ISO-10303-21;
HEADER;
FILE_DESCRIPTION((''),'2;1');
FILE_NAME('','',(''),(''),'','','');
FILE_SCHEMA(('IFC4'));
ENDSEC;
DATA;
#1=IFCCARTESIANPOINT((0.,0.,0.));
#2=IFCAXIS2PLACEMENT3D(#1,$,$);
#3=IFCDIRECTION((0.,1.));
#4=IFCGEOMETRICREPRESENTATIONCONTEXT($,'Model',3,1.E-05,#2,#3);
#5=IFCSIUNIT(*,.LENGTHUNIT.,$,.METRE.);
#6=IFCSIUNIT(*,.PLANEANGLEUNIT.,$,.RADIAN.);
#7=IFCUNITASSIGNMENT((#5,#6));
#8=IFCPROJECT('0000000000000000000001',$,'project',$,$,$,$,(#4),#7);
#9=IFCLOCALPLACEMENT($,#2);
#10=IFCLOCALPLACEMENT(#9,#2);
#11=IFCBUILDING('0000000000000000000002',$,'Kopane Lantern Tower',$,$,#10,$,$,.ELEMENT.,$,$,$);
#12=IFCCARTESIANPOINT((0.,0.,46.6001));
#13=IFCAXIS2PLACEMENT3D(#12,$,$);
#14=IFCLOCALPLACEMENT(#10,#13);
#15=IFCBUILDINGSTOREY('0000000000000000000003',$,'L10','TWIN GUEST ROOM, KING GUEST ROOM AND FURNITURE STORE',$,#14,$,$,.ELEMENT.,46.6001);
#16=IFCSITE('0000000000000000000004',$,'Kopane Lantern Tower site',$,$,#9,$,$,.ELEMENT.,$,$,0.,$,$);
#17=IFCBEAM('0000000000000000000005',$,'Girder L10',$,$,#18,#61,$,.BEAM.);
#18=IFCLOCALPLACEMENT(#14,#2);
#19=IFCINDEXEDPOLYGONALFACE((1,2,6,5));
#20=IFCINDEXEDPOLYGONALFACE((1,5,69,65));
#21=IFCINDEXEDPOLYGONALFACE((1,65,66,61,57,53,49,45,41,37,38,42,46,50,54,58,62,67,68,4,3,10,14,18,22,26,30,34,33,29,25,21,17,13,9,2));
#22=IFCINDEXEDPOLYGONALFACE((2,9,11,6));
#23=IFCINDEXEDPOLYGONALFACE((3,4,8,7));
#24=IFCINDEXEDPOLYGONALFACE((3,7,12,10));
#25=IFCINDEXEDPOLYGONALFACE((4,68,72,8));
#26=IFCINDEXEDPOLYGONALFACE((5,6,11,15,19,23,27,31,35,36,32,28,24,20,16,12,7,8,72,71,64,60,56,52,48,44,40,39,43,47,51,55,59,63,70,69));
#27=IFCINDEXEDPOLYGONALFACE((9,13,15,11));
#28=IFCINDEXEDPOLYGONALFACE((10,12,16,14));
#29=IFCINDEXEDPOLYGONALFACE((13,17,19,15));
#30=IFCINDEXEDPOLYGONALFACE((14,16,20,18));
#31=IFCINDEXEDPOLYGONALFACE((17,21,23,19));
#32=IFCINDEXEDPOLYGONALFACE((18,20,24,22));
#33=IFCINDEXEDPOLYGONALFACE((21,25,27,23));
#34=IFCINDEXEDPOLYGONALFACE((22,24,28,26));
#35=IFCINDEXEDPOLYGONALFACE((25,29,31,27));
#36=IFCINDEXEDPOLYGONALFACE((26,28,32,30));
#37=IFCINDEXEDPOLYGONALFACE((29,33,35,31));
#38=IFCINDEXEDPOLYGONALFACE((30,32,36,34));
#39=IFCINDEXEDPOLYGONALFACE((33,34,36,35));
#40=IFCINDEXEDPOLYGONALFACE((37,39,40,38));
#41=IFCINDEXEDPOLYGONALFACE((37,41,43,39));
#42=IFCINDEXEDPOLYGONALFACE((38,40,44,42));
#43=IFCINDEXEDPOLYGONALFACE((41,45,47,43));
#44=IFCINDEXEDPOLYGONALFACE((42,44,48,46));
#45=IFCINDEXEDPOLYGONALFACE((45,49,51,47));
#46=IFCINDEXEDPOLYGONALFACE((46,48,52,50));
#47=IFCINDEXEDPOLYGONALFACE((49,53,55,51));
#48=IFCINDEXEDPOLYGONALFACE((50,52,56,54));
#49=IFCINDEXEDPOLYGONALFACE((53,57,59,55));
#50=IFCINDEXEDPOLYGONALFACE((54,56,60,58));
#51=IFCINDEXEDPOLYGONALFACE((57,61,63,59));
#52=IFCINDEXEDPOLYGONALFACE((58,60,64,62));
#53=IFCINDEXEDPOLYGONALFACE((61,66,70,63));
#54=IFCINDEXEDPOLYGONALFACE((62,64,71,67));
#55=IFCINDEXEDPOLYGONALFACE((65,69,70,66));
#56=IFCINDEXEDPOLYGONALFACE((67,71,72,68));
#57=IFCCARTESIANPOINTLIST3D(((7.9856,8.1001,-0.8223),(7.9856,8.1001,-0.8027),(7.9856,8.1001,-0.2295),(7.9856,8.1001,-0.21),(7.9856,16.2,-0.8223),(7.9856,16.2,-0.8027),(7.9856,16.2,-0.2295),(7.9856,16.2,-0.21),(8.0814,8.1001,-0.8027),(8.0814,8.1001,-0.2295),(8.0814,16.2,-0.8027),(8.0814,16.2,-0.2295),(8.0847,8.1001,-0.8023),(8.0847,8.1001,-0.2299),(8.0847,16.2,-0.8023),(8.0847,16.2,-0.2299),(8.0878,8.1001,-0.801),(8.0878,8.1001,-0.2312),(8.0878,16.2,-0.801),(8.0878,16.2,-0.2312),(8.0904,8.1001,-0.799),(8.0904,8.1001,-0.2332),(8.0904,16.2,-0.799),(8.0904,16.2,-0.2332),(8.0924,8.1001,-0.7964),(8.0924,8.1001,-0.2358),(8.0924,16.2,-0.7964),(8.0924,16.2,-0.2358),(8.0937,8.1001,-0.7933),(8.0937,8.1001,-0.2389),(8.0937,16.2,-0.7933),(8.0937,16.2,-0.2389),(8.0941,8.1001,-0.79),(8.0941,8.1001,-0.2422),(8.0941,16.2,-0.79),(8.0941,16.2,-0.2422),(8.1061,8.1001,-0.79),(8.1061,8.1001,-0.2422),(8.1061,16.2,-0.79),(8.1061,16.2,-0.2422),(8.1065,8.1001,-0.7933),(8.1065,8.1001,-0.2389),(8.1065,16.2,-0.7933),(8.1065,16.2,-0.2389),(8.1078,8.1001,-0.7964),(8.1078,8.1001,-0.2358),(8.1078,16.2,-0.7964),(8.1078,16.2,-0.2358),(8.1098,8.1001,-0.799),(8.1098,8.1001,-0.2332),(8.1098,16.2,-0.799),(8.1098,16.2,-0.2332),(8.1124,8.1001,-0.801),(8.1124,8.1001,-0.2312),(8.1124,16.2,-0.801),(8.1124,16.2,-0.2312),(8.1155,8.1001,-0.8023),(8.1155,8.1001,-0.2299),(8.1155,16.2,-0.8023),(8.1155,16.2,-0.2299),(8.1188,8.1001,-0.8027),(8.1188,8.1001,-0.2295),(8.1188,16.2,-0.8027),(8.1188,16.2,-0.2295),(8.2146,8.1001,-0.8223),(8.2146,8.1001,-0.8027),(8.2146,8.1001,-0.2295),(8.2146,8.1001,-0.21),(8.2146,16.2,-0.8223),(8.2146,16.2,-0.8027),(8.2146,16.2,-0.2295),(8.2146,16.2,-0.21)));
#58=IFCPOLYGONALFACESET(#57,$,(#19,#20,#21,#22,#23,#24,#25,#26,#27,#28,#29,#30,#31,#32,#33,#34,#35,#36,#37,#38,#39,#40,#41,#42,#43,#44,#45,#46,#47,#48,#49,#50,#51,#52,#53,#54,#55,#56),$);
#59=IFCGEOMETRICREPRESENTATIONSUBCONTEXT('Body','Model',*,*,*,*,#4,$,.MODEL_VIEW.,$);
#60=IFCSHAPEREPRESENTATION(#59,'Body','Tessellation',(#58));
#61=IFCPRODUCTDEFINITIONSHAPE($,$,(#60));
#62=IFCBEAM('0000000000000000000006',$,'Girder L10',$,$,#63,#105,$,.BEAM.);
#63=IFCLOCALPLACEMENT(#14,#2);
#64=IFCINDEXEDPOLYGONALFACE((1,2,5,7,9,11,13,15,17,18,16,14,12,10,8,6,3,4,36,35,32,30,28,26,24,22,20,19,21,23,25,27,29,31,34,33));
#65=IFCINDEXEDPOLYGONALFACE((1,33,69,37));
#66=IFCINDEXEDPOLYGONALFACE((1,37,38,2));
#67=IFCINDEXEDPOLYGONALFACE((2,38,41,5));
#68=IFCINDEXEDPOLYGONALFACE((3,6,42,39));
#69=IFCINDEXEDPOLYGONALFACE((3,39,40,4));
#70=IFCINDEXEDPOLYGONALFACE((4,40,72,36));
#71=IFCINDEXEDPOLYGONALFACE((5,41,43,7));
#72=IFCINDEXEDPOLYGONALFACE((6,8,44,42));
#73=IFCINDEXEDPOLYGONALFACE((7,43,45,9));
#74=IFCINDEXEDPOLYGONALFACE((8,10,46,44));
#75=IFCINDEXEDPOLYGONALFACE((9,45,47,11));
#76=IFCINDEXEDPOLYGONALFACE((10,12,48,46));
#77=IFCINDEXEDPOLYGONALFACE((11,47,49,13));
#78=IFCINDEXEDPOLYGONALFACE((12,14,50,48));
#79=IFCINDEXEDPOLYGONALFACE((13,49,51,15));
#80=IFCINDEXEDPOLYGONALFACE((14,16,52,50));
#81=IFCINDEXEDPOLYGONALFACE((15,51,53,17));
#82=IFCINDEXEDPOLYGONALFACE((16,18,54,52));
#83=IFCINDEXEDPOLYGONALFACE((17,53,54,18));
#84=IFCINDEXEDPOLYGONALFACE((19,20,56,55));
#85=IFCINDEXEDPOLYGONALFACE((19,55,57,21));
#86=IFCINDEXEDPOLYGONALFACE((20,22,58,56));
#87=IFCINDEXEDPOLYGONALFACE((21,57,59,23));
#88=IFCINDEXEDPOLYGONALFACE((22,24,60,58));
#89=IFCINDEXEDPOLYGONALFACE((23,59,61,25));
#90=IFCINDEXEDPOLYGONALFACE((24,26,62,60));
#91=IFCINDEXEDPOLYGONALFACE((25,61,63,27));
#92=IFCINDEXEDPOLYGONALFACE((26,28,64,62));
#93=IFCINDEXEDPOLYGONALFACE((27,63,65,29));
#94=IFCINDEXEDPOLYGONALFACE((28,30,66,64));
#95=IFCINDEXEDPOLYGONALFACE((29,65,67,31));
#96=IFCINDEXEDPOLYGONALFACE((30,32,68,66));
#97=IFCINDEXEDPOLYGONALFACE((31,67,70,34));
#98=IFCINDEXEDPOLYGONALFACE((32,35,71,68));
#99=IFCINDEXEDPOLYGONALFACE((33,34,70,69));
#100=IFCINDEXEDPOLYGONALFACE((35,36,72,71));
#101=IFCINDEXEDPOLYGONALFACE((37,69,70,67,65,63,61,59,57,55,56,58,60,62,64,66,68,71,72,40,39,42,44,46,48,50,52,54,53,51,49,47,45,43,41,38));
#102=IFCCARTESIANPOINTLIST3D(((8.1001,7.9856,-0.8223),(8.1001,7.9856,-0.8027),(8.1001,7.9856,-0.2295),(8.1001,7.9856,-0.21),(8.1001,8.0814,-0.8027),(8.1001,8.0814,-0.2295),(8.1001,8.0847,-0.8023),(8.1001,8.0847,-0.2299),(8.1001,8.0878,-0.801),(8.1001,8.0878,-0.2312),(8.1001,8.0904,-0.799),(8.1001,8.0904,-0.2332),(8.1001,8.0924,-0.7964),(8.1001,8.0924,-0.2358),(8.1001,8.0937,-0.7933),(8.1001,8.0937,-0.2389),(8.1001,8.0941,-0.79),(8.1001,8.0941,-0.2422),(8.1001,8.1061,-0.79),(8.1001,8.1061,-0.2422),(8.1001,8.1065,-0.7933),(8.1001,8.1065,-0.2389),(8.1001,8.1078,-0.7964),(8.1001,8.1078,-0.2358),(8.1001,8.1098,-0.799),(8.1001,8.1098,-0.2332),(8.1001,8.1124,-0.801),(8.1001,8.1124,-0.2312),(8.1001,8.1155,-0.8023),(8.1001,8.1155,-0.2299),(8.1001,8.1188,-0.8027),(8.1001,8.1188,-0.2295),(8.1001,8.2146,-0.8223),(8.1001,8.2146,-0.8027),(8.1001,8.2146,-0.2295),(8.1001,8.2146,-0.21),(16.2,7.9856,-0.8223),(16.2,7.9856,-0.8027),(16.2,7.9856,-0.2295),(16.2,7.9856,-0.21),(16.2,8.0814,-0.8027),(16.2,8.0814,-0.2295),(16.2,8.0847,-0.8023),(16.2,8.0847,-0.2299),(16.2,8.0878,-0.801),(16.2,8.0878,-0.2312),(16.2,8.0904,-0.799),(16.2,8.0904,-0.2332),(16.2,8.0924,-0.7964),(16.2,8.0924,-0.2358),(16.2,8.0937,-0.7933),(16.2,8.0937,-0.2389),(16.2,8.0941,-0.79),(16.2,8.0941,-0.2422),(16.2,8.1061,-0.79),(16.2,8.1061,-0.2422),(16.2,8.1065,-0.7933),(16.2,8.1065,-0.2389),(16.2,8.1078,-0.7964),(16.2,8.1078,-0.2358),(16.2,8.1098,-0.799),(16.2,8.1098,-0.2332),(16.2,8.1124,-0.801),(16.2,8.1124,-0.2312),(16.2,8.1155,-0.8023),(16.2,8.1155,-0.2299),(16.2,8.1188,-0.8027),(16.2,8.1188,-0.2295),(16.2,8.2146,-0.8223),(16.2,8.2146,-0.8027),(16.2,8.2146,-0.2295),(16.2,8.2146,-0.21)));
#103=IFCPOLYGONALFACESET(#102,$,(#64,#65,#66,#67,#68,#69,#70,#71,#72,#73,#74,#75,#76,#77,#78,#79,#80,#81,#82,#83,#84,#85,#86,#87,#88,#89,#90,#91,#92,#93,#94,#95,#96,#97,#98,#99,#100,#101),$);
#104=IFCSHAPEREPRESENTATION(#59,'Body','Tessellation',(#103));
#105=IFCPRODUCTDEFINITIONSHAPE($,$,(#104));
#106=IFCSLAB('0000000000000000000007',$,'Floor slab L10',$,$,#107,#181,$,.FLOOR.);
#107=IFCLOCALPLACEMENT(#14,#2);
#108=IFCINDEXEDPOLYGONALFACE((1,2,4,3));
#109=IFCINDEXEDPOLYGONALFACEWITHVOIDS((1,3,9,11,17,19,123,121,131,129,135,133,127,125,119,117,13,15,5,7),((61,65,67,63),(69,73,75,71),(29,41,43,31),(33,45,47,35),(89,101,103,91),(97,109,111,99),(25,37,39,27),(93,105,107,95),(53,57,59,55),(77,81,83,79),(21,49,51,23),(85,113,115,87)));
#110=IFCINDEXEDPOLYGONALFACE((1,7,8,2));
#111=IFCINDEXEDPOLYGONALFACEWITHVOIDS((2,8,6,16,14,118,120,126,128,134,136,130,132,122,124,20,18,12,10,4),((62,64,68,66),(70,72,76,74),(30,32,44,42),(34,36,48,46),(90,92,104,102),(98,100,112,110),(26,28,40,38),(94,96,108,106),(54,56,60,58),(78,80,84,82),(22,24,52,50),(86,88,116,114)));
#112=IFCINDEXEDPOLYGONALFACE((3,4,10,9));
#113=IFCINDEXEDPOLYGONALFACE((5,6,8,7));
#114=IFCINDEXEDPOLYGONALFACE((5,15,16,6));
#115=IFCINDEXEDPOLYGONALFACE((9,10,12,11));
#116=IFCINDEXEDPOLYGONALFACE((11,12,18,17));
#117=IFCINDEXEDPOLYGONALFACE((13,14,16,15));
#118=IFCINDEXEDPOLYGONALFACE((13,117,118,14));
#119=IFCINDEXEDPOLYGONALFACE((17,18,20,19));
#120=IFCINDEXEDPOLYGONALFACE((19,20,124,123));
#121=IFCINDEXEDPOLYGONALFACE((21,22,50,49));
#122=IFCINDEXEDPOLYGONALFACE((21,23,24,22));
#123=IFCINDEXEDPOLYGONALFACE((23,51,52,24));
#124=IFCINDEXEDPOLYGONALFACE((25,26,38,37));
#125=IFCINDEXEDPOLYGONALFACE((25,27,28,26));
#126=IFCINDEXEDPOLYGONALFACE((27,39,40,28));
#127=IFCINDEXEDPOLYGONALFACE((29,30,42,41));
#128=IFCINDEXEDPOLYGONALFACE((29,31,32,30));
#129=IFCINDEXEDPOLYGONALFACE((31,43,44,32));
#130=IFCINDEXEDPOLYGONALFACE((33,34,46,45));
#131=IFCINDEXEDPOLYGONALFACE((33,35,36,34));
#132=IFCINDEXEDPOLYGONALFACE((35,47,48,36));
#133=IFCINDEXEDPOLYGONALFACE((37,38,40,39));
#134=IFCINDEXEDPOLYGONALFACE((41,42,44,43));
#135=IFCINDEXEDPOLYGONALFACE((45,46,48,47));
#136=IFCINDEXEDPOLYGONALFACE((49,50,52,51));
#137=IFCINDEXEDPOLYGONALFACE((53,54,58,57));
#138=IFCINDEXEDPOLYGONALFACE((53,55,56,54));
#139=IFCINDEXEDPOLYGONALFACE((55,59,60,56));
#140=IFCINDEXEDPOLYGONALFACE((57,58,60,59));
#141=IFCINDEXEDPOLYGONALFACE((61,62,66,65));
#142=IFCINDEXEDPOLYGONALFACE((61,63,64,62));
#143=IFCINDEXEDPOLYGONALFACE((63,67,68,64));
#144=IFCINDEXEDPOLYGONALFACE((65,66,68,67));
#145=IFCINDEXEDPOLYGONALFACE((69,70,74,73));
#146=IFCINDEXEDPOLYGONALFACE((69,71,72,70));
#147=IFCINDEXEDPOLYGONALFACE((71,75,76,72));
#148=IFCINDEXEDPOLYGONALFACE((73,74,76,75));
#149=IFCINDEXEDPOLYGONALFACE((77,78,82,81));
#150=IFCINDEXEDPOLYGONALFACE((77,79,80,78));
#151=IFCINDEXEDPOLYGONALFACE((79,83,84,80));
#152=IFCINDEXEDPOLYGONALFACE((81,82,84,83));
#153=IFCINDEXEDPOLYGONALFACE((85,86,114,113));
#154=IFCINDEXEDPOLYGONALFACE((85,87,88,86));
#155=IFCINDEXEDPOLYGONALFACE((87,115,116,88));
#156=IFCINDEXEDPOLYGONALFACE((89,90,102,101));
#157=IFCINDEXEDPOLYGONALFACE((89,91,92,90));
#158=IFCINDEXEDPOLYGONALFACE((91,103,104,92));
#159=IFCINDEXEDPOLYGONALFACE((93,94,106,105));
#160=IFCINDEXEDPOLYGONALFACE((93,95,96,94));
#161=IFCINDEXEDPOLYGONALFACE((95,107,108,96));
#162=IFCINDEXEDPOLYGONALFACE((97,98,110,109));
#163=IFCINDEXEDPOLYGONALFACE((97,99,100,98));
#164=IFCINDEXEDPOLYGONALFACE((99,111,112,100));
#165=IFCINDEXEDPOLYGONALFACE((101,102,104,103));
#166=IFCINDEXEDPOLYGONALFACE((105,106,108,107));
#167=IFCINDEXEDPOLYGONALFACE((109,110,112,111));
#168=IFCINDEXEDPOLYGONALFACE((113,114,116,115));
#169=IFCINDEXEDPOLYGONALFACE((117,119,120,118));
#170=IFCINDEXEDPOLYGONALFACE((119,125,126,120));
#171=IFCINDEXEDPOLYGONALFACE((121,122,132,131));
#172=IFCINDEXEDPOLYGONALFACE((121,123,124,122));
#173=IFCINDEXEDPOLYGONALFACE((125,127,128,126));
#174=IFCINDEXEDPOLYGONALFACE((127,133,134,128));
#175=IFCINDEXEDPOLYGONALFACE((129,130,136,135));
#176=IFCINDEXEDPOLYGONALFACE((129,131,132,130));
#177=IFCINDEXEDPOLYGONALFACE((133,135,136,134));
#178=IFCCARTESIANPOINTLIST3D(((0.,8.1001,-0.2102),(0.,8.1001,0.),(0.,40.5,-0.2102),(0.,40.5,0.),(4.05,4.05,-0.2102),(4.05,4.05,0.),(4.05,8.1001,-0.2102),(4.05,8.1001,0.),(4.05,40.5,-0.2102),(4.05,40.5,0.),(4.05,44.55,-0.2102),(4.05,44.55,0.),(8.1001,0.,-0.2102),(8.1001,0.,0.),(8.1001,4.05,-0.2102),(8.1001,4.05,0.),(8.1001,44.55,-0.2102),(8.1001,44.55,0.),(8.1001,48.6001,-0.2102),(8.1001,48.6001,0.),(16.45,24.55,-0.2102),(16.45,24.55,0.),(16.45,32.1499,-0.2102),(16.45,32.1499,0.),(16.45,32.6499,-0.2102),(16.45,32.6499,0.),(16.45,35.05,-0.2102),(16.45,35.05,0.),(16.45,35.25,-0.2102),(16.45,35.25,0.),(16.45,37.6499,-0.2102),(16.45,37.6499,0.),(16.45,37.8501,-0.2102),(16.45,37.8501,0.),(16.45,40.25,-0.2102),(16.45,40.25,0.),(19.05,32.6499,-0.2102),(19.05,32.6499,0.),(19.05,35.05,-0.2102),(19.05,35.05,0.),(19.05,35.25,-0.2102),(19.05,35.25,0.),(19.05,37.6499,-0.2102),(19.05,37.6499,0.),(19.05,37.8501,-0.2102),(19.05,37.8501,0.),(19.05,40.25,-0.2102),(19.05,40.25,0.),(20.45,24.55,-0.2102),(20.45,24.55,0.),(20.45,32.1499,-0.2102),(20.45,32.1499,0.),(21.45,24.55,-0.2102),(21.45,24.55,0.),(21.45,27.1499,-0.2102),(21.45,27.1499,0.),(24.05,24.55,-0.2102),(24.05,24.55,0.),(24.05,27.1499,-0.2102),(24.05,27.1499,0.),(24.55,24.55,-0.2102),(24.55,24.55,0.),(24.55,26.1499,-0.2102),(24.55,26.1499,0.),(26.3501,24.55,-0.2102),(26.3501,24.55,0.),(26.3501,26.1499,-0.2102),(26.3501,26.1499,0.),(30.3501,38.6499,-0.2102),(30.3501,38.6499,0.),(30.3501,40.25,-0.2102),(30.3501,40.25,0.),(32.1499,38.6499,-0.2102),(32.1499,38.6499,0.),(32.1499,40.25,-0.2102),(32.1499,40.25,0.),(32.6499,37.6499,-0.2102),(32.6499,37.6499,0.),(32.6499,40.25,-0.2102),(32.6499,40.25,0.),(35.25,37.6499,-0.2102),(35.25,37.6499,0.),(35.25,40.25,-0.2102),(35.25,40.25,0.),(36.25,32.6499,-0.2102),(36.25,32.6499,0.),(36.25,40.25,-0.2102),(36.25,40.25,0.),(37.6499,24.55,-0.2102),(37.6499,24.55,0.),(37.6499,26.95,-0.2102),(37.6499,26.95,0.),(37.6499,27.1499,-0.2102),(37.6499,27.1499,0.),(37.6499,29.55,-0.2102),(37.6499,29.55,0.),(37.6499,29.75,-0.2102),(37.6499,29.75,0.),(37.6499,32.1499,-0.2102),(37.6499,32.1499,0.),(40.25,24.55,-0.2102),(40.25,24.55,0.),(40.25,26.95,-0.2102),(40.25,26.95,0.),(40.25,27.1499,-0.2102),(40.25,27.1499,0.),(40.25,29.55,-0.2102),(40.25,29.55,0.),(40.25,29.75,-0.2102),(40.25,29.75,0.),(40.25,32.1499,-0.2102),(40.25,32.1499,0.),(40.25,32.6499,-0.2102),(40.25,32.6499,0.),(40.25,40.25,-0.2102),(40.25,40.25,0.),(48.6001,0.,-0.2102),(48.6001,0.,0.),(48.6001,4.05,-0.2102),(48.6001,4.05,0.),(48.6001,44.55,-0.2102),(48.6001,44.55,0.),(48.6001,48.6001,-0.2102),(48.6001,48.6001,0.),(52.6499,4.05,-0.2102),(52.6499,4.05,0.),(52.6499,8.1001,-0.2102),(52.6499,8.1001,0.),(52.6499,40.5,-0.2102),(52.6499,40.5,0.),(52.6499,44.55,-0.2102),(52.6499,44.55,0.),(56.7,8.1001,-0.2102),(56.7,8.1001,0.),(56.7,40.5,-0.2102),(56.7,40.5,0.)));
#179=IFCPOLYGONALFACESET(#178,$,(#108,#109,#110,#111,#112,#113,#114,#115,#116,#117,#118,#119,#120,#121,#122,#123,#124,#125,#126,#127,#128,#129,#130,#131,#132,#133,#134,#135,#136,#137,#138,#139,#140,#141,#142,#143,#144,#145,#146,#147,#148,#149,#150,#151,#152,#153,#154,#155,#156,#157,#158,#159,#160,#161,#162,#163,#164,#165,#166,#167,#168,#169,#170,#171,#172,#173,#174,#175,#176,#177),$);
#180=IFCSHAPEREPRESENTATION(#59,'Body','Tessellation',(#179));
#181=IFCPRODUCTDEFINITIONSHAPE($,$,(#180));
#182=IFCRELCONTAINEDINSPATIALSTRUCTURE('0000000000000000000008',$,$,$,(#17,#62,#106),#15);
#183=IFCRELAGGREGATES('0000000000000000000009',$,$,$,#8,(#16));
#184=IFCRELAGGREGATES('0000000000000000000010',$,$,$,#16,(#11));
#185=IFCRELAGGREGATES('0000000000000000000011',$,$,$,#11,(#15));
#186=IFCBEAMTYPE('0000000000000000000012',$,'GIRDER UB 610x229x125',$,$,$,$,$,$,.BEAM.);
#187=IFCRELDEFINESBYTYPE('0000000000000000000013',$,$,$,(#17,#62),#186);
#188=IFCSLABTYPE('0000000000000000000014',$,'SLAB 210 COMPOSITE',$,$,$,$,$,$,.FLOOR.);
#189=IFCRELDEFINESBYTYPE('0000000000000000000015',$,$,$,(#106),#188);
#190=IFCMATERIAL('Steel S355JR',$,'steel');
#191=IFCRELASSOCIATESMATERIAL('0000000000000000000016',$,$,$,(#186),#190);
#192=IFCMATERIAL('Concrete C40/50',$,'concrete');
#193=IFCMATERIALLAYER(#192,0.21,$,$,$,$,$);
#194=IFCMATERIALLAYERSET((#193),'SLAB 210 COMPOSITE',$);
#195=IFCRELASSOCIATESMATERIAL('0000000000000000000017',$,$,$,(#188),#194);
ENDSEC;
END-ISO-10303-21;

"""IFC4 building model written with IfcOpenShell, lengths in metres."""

from ifc_helpers import new_model, si_unit, direction, frame, origin, origin_2d, place, context, subcontext, project, spatial, polyline, i_section, outline, extrude, material, layer, layer_set, material_profile, profile_set, type_object, element, save


model = new_model("IFC4")

# Units and contexts
model_context = context("Model", 3, precision=1e-05, world=origin(), true_north=direction((0.0, 1.0)))
body_context = subcontext(model_context, "Body", "Model", "MODEL_VIEW")
ifc_project = project(units=[si_unit("LENGTHUNIT", "METRE"), si_unit("PLANEANGLEUNIT", "RADIAN")], contexts=[model_context])

# Site, building, storey
site_placement = place(None, origin())
site = spatial("IfcSite", under=ifc_project, at=site_placement, Name="Kopane Lantern Tower site", CompositionType="ELEMENT", RefElevation=0.0)
building_placement = place(site_placement, origin())
building = spatial("IfcBuilding", under=site, at=building_placement, Name="Kopane Lantern Tower", CompositionType="ELEMENT")
storey_placement = place(building_placement, frame((0.0, 0.0, 46.6001)))
storey = spatial("IfcBuildingStorey", under=building, at=storey_placement, Name="L10", Description="TWIN GUEST ROOM, KING GUEST ROOM AND FURNITURE STORE", CompositionType="ELEMENT", Elevation=46.6001)

# Beams
ifc_material_1 = material(Name="Steel S355JR", Category="steel")
ifc_material_profile_1 = material_profile(ifc_material_1, i_section(OverallWidth=0.229, OverallDepth=0.6123, WebThickness=0.012, FlangeThickness=0.0195, FilletRadius=0.0127, at=origin_2d()), Name="UB 610x229x125")
ifc_profile_set_1 = profile_set([ifc_material_profile_1], Name="Steel S355JR")
beam_type_1 = type_object("IfcBeamType", Name="GIRDER UB 610x229x125", PredefinedType="BEAM", material=ifc_profile_set_1)
for number, where, z_axis, x_axis, name in (
    (1, (8.1001, 8.1001, -0.5161), (0.0, 1.0, 0.0), (-1.0, 0.0, 0.0), "Girder L10"),
    (2, (8.1001, 8.1001, -0.5161), (1.0, 0.0, 0.0), (0.0, 1.0, 0.0), "Girder L10"),
):
    element("IfcBeam", number, at=place(storey_placement, frame(where, z_axis=z_axis, x_axis=x_axis)), inside=storey, type_object=beam_type_1, Name=name, PredefinedType="BEAM", context=body_context, shape_type="SweptSolid", body=[
        extrude(i_section(OverallWidth=0.229, OverallDepth=0.6123, WebThickness=0.012, FlangeThickness=0.0195, FilletRadius=0.0127, at=origin_2d()), origin(), (0.0, 0.0, 1.0), 8.0999),
    ])

# Slab
ifc_material_2 = material(Name="Concrete C40/50", Category="concrete")
ifc_layer_1 = layer(ifc_material_2, 0.21)
ifc_layer_set_1 = layer_set([ifc_layer_1], Name="SLAB 210 COMPOSITE")
slab_type_1 = type_object("IfcSlabType", Name="SLAB 210 COMPOSITE", PredefinedType="FLOOR", material=ifc_layer_set_1)
slab_1_placement = place(storey_placement, frame((0.0, 0.0, -0.2102)))
element("IfcSlab", 3, at=slab_1_placement, inside=storey, type_object=slab_type_1, Name="Floor slab L10", PredefinedType="FLOOR", context=body_context, shape_type="SweptSolid", body=[
    extrude(outline(polyline([(8.1001, 0.0), (48.6001, 0.0), (48.6001, 4.05), (52.6499, 4.05), (52.6499, 8.1001), (56.7, 8.1001), (56.7, 40.5), (52.6499, 40.5), (52.6499, 44.55), (48.6001, 44.55), (48.6001, 48.6001), (8.1001, 48.6001), (8.1001, 44.55), (4.05, 44.55), (4.05, 40.5), (0.0, 40.5), (0.0, 8.1001), (4.05, 8.1001), (4.05, 4.05), (8.1001, 4.05), (8.1001, 0.0)]), holes=[polyline([(16.45, 24.55), (20.45, 24.55), (20.45, 32.1499), (16.45, 32.1499), (16.45, 24.55)]), polyline([(36.25, 32.6499), (40.25, 32.6499), (40.25, 40.25), (36.25, 40.25), (36.25, 32.6499)]), polyline([(16.45, 32.6499), (19.05, 32.6499), (19.05, 35.05), (16.45, 35.05), (16.45, 32.6499)]), polyline([(16.45, 35.25), (19.05, 35.25), (19.05, 37.6499), (16.45, 37.6499), (16.45, 35.25)]), polyline([(16.45, 37.8501), (19.05, 37.8501), (19.05, 40.25), (16.45, 40.25), (16.45, 37.8501)]), polyline([(37.6499, 24.55), (40.25, 24.55), (40.25, 26.95), (37.6499, 26.95), (37.6499, 24.55)]), polyline([(37.6499, 27.1499), (40.25, 27.1499), (40.25, 29.55), (37.6499, 29.55), (37.6499, 27.1499)]), polyline([(37.6499, 29.75), (40.25, 29.75), (40.25, 32.1499), (37.6499, 32.1499), (37.6499, 29.75)]), polyline([(21.45, 24.55), (24.05, 24.55), (24.05, 27.1499), (21.45, 27.1499), (21.45, 24.55)]), polyline([(32.6499, 37.6499), (35.25, 37.6499), (35.25, 40.25), (32.6499, 40.25), (32.6499, 37.6499)]), polyline([(24.55, 24.55), (26.3501, 24.55), (26.3501, 26.1499), (24.55, 26.1499), (24.55, 24.55)]), polyline([(30.3501, 38.6499), (32.1499, 38.6499), (32.1499, 40.25), (30.3501, 40.25), (30.3501, 38.6499)])]), origin(), (0.0, 0.0, 1.0), 0.2102),
])

save(model, "model.ifc")
